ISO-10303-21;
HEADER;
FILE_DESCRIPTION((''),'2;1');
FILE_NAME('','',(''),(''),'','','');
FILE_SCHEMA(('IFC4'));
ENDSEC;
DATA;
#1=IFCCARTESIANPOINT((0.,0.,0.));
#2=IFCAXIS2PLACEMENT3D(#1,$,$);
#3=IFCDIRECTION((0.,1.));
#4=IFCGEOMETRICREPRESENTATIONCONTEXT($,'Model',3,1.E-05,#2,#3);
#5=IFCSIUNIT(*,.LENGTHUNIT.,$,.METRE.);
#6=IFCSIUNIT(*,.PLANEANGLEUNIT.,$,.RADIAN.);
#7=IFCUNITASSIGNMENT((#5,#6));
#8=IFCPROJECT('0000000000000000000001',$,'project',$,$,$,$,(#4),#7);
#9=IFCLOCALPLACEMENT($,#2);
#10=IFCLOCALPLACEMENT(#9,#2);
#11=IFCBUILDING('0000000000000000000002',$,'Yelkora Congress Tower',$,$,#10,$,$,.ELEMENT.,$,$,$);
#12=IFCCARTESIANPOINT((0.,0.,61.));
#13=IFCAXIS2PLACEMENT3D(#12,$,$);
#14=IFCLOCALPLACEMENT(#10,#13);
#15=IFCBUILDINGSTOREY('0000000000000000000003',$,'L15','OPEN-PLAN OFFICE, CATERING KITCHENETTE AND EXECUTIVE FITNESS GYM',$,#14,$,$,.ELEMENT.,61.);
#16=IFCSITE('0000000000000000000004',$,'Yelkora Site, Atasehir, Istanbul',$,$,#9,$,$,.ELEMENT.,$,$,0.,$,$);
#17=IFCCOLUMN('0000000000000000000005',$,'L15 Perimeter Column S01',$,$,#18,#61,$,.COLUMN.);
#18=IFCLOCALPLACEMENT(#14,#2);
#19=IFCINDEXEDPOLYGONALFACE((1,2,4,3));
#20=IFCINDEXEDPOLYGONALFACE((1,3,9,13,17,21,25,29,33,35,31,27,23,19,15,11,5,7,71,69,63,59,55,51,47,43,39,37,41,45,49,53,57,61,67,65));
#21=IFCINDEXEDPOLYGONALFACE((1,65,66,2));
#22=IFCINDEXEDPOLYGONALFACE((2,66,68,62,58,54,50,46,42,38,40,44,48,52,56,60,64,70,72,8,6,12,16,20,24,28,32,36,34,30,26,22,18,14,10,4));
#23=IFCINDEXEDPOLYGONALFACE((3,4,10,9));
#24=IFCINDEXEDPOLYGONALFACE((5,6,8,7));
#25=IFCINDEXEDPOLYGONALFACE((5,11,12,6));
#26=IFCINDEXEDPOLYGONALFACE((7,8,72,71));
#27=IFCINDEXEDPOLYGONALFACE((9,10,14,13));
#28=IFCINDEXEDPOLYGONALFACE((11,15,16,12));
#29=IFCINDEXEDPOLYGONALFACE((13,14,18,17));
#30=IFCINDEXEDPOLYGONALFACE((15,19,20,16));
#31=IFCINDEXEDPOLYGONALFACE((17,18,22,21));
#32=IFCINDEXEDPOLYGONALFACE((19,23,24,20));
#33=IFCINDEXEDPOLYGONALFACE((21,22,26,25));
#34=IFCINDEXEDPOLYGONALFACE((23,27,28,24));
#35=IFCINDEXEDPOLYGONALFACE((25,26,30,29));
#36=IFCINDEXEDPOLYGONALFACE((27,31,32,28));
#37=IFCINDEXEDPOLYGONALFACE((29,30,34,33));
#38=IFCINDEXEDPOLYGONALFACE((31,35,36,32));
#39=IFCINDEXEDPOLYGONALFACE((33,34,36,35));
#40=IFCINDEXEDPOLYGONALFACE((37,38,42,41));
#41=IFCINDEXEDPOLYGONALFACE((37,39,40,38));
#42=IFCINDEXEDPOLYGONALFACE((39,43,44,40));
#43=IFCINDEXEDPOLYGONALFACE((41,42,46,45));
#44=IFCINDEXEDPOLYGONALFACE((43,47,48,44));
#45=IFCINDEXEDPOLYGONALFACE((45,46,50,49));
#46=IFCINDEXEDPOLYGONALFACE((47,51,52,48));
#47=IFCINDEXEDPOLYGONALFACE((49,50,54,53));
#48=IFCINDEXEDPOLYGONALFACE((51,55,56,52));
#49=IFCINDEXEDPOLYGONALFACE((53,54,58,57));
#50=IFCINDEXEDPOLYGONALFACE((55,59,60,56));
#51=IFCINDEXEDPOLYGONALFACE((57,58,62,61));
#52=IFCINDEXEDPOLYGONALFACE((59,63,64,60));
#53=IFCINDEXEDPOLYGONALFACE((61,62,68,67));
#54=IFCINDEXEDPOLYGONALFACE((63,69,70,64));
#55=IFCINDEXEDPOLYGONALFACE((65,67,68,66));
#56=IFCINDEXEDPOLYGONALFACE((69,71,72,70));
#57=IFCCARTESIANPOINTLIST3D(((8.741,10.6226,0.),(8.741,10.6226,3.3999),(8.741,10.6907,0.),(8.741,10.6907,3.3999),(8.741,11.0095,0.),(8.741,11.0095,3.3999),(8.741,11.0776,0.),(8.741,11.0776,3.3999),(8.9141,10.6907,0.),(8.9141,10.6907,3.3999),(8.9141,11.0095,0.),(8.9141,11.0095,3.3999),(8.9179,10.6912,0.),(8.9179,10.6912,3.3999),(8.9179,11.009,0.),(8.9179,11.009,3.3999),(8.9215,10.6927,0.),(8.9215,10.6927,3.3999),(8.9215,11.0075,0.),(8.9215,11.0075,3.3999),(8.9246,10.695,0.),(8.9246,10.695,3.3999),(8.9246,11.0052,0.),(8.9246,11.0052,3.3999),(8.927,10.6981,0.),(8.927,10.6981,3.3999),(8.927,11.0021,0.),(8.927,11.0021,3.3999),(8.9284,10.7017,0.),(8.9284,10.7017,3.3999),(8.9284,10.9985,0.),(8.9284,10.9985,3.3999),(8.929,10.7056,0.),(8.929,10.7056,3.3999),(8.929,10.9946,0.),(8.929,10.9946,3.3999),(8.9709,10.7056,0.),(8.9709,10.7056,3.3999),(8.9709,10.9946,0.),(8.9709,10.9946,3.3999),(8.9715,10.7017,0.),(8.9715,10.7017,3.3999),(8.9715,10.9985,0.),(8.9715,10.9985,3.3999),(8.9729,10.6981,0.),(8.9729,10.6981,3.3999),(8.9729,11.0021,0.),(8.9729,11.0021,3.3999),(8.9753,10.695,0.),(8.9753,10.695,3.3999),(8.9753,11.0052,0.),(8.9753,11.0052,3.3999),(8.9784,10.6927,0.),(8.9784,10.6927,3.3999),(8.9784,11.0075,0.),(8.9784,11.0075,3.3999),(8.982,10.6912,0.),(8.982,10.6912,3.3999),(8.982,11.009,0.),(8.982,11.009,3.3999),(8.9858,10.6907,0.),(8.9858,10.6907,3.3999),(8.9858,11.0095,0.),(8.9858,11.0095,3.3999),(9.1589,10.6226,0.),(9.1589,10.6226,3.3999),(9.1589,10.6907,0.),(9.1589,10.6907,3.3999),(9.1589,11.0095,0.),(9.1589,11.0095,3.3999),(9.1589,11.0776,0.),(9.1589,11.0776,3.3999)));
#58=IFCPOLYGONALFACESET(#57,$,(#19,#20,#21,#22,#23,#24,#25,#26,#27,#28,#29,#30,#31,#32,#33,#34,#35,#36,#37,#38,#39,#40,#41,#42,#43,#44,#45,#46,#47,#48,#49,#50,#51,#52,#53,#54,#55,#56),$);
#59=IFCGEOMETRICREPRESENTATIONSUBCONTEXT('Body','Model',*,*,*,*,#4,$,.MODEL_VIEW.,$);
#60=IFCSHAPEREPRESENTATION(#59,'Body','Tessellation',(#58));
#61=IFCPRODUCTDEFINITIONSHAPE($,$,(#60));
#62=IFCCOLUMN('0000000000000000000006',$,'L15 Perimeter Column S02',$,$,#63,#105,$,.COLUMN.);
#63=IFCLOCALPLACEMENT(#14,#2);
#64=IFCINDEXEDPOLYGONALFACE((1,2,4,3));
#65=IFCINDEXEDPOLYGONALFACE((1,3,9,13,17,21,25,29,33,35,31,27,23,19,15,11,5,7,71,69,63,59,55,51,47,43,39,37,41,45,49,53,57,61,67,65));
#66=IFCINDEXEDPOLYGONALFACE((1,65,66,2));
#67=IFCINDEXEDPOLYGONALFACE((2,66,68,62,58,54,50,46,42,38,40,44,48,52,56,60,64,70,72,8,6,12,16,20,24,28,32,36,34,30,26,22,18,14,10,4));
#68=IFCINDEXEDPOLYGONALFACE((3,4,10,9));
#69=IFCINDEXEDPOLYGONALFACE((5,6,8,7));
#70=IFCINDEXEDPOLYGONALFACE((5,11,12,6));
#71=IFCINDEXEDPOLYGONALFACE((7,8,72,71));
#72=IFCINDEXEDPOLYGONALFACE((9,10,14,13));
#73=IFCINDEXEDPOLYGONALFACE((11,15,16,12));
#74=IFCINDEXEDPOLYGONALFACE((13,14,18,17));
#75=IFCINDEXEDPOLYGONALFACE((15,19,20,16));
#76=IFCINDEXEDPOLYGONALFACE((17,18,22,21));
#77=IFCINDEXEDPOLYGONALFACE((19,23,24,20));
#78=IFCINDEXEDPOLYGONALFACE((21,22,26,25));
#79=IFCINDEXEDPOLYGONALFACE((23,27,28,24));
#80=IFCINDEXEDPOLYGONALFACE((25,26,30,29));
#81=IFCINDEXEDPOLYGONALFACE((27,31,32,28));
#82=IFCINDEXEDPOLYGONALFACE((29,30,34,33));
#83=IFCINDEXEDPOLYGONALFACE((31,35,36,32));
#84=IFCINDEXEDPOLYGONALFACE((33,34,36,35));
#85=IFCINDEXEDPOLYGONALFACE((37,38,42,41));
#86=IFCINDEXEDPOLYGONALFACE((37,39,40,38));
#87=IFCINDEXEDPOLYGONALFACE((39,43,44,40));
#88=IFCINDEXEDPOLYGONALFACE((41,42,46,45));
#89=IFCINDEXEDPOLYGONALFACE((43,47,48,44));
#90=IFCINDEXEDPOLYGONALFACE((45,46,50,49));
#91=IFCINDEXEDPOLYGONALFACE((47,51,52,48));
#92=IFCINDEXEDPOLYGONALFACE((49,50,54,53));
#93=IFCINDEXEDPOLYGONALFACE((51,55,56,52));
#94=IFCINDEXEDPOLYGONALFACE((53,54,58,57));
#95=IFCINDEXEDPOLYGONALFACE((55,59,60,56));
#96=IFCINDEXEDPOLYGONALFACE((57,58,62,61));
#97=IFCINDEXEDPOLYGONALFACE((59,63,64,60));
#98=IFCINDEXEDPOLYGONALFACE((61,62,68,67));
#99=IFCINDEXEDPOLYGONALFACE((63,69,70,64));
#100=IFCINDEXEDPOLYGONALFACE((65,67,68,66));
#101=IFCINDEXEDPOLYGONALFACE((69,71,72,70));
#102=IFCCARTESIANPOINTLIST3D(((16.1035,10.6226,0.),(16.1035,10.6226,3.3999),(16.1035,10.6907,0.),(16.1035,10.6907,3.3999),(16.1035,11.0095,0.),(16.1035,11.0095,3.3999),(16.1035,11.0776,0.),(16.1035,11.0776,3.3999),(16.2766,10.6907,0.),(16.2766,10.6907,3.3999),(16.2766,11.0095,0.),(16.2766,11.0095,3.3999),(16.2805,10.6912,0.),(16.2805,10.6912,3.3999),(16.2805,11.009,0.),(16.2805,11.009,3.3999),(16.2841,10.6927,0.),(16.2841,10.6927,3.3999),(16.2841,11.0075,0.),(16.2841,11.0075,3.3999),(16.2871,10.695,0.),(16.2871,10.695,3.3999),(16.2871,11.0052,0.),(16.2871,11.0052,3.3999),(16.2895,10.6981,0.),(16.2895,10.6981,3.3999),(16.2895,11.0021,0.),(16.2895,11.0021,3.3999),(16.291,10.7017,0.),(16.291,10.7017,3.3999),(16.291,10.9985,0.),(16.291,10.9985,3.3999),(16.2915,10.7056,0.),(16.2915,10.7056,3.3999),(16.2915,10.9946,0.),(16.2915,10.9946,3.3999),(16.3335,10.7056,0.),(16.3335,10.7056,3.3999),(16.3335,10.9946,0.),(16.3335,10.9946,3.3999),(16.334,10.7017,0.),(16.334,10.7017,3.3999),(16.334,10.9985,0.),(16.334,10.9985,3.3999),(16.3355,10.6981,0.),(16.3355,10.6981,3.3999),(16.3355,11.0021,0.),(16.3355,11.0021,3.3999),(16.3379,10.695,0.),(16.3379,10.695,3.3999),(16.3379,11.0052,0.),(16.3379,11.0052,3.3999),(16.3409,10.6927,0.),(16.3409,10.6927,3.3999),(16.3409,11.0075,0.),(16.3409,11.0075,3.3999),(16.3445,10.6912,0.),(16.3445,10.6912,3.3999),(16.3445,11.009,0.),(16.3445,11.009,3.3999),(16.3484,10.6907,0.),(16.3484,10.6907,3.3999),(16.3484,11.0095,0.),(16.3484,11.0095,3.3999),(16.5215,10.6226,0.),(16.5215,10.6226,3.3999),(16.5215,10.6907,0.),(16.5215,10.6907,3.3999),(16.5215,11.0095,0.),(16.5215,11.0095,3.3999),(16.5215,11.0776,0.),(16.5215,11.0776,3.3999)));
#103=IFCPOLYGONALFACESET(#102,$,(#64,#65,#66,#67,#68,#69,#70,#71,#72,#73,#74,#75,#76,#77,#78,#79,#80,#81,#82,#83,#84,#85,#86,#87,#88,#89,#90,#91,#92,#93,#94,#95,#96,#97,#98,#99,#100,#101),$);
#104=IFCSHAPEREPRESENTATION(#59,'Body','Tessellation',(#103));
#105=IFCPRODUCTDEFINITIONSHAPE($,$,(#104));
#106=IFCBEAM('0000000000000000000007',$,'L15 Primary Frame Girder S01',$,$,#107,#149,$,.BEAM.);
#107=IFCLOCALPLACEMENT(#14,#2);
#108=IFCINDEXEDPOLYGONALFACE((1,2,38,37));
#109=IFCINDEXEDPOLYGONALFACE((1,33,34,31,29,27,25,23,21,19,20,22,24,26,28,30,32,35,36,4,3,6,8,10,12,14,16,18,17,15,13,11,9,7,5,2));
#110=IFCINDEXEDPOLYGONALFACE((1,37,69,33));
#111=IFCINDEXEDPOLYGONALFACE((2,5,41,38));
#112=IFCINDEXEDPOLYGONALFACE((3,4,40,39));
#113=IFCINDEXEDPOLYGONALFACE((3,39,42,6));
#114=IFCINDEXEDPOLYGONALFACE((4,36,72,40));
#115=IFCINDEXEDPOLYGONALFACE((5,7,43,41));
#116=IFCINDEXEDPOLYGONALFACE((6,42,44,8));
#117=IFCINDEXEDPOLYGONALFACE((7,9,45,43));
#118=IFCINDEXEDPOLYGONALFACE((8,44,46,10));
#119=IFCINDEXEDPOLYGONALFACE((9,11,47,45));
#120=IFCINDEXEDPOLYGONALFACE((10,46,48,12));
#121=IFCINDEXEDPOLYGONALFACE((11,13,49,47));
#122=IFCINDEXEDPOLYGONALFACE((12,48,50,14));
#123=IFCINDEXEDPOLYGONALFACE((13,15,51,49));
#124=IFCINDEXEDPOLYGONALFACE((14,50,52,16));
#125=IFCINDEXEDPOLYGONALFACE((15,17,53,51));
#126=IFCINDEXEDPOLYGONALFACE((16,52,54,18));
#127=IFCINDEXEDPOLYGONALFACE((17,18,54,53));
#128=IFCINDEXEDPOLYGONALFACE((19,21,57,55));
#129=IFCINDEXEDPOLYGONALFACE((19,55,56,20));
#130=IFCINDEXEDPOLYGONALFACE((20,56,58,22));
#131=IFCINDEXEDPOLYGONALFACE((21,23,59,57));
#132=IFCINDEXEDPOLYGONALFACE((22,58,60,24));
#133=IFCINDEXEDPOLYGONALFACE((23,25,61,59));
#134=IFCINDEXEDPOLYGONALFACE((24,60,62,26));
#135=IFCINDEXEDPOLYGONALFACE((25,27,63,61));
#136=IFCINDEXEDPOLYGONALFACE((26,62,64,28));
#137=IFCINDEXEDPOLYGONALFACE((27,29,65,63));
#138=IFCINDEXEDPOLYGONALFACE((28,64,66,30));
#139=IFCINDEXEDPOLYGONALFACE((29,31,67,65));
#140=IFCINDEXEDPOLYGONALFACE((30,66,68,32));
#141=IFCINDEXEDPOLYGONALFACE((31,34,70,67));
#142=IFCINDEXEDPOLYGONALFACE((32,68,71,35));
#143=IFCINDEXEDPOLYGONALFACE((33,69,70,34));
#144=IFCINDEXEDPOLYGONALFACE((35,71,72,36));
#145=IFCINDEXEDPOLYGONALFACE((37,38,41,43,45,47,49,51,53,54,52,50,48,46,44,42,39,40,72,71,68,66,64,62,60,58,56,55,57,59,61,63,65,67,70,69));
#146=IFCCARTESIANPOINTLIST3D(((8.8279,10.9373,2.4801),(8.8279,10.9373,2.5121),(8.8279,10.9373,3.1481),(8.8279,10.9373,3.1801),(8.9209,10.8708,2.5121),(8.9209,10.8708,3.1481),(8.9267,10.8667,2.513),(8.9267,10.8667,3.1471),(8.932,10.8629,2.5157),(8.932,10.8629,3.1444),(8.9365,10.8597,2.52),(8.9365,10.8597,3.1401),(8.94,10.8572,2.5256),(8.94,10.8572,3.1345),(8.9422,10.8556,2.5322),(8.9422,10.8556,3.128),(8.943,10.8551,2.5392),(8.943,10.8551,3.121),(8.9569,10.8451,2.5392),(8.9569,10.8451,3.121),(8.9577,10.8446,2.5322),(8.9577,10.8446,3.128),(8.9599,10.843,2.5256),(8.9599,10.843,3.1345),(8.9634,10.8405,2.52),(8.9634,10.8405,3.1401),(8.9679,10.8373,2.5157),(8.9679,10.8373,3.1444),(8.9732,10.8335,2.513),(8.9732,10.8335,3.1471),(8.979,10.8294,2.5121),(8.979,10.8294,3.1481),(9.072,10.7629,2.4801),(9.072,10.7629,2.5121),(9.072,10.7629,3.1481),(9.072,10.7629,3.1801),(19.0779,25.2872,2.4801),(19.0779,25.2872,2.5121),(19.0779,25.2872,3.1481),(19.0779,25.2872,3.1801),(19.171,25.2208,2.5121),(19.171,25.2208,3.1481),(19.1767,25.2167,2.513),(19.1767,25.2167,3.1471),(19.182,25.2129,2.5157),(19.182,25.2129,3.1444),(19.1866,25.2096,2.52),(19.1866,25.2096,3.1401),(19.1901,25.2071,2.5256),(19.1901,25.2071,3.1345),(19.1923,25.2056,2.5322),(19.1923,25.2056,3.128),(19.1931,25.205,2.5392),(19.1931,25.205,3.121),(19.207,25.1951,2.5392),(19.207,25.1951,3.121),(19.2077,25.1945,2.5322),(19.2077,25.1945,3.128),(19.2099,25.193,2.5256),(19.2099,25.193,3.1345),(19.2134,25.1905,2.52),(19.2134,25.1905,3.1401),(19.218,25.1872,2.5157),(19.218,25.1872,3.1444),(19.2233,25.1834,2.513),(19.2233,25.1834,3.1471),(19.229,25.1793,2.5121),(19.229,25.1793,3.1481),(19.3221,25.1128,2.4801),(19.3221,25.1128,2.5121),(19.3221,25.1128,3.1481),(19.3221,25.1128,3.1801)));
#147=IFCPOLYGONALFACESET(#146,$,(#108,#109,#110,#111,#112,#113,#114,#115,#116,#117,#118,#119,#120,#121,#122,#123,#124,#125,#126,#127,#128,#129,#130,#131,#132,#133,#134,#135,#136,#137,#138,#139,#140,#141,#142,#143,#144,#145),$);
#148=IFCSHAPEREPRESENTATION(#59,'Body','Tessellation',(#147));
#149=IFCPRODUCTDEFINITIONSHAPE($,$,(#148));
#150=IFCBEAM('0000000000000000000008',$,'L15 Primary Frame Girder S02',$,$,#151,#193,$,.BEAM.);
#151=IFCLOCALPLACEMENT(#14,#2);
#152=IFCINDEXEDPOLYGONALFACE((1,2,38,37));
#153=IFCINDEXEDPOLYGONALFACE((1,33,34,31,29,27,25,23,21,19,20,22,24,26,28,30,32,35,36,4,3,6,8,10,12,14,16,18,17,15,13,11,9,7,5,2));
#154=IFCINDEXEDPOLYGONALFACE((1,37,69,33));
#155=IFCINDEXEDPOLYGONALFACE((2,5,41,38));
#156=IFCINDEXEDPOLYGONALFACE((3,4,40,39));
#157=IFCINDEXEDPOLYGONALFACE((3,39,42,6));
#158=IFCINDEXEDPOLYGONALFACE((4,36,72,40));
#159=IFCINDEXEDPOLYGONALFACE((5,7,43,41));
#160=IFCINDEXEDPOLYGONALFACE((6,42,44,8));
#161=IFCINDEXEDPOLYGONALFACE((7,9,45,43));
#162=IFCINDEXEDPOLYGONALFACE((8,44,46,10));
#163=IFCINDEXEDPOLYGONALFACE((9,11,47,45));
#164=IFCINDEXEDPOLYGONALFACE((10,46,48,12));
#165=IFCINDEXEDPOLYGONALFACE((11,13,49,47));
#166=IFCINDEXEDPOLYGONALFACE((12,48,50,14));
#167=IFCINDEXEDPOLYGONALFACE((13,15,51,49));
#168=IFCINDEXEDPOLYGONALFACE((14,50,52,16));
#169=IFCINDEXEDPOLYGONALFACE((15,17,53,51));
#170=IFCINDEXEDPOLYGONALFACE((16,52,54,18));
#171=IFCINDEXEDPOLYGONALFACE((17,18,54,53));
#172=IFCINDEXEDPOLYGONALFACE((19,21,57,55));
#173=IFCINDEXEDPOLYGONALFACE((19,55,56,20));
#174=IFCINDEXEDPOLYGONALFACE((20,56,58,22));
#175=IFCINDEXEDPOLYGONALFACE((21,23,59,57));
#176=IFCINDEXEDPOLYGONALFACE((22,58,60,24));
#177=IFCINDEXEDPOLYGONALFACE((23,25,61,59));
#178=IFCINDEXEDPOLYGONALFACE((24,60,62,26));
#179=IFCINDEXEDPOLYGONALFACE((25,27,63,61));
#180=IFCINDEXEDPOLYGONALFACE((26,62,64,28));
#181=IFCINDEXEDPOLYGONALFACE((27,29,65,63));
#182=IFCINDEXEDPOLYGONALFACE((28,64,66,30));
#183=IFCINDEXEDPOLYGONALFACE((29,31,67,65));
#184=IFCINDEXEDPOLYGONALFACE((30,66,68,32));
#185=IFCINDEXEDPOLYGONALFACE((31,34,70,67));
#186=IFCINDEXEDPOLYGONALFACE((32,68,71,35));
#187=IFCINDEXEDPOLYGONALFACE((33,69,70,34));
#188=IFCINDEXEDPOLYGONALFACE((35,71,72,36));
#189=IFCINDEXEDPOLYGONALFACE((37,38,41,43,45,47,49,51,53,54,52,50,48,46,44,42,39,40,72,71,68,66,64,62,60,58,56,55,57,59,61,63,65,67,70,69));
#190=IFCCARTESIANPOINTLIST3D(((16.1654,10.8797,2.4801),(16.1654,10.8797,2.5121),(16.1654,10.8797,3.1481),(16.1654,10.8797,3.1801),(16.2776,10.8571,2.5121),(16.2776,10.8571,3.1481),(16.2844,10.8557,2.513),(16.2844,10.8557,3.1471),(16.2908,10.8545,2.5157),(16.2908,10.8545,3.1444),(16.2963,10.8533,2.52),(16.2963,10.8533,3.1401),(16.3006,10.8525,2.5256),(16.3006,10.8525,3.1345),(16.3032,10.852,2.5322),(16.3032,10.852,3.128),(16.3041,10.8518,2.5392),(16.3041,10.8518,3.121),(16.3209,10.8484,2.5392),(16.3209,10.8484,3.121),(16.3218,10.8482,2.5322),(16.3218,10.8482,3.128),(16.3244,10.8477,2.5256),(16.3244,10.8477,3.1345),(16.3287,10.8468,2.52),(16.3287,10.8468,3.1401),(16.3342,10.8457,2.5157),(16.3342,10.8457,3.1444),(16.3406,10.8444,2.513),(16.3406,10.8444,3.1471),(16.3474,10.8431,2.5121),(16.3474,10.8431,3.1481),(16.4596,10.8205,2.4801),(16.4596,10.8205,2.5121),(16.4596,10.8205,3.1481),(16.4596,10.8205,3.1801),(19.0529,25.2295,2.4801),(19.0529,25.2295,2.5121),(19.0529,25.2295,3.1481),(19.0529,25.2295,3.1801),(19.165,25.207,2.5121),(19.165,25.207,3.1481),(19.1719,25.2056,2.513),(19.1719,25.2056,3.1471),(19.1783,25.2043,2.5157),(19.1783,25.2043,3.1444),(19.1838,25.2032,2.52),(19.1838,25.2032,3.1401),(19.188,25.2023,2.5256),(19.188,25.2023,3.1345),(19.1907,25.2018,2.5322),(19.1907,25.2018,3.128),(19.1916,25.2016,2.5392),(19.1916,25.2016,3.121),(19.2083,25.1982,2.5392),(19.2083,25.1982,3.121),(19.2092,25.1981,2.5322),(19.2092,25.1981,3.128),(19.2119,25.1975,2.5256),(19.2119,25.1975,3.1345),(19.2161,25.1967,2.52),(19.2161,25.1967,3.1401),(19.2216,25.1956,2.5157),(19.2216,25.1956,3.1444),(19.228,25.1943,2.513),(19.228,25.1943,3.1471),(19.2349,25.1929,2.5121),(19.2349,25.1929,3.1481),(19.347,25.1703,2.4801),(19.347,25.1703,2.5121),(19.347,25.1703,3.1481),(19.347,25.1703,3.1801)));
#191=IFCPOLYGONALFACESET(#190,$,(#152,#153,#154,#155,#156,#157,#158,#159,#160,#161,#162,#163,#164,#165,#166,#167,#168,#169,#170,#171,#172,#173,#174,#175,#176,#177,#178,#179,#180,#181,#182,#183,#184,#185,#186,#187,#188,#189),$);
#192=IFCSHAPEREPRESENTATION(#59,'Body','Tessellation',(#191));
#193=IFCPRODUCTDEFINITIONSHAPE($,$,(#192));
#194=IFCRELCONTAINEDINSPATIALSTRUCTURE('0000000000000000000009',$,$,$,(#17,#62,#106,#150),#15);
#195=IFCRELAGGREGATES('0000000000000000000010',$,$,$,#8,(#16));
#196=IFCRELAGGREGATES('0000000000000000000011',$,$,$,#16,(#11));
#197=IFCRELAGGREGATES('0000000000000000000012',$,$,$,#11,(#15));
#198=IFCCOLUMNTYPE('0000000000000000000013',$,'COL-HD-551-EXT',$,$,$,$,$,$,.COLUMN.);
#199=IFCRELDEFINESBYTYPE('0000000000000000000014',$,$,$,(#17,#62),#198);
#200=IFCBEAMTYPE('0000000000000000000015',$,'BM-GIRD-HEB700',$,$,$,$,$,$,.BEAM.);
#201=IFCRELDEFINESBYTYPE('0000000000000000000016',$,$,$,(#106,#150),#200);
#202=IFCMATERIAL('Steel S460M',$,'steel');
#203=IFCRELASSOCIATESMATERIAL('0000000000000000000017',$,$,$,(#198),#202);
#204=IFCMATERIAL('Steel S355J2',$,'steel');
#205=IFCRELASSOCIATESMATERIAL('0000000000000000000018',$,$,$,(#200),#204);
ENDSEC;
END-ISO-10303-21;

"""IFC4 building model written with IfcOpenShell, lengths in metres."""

from ifc_helpers import new_model, si_unit, direction, frame, origin, origin_2d, place, context, subcontext, project, spatial, i_section, extrude, material, material_profile, profile_set, type_object, element, save


model = new_model("IFC4")

# Units and contexts
model_context = context("Model", 3, precision=1e-05, world=origin(), true_north=direction((0.0, 1.0)))
body_context = subcontext(model_context, "Body", "Model", "MODEL_VIEW")
ifc_project = project(units=[si_unit("LENGTHUNIT", "METRE"), si_unit("PLANEANGLEUNIT", "RADIAN")], contexts=[model_context])

# Site, building, storey
site_placement = place(None, origin())
site = spatial("IfcSite", under=ifc_project, at=site_placement, Name="Yelkora Site, Atasehir, Istanbul", CompositionType="ELEMENT", RefElevation=0.0)
building_placement = place(site_placement, origin())
building = spatial("IfcBuilding", under=site, at=building_placement, Name="Yelkora Congress Tower", CompositionType="ELEMENT")
storey_placement = place(building_placement, frame((0.0, 0.0, 61.0)))
storey = spatial("IfcBuildingStorey", under=building, at=storey_placement, Name="L15", Description="OPEN-PLAN OFFICE, CATERING KITCHENETTE AND EXECUTIVE FITNESS GYM", CompositionType="ELEMENT", Elevation=61.0)

# Columns
ifc_material_1 = material(Name="Steel S460M", Category="steel")
ifc_material_profile_1 = material_profile(ifc_material_1, i_section(OverallWidth=0.418, OverallDepth=0.4551, WebThickness=0.042, FlangeThickness=0.0681, FilletRadius=0.0149, at=origin_2d()), Name="HD 400x551")
ifc_profile_set_1 = profile_set([ifc_material_profile_1], Name="Steel S460M")
column_type = type_object("IfcColumnType", Name="COL-HD-551-EXT", PredefinedType="COLUMN", material=ifc_profile_set_1)
for number, where, z_axis, x_axis, name in (
    (1, (8.95, 10.8501, 0.0), (0.0, 0.0, 1.0), (1.0, 0.0, 0.0), "L15 Perimeter Column S01"),
    (2, (16.3125, 10.8501, 0.0), (0.0, 0.0, 1.0), (1.0, 0.0, 0.0), "L15 Perimeter Column S02"),
):
    element("IfcColumn", number, at=place(storey_placement, frame(where, z_axis=z_axis, x_axis=x_axis)), inside=storey, type_object=column_type, Name=name, PredefinedType="COLUMN", context=body_context, shape_type="SweptSolid", body=[
        extrude(i_section(OverallWidth=0.418, OverallDepth=0.4551, WebThickness=0.042, FlangeThickness=0.0681, FilletRadius=0.0149, at=origin_2d()), origin(), (0.0, 0.0, 1.0), 3.3999),
    ])

# Beams
ifc_material_2 = material(Name="Steel S355J2", Category="steel")
ifc_material_profile_2 = material_profile(ifc_material_2, i_section(OverallWidth=0.3, OverallDepth=0.7, WebThickness=0.0171, FlangeThickness=0.032, FilletRadius=0.0271, at=origin_2d()), Name="HEB 700")
ifc_profile_set_2 = profile_set([ifc_material_profile_2], Name="Steel S355J2")
beam_type_1 = type_object("IfcBeamType", Name="BM-GIRD-HEB700", PredefinedType="BEAM", material=ifc_profile_set_2)
beam_1_placement = place(storey_placement, frame((8.95, 10.8501, 2.8301), z_axis=(0.581242, 0.813731, 0.0), x_axis=(-0.813731, 0.581242, 0.0)))
element("IfcBeam", 3, at=beam_1_placement, inside=storey, type_object=beam_type_1, Name="L15 Primary Frame Girder S01", PredefinedType="BEAM", context=body_context, shape_type="SweptSolid", body=[
    extrude(i_section(OverallWidth=0.3, OverallDepth=0.7, WebThickness=0.0171, FlangeThickness=0.032, FilletRadius=0.0271, at=origin_2d()), origin(), (0.0, 0.0, 1.0), 17.6348),
])
beam_2_placement = place(storey_placement, frame((16.3125, 10.8501, 2.8301), z_axis=(0.197264, 0.98035, 0.0), x_axis=(-0.98035, 0.197264, 0.0)))
element("IfcBeam", 4, at=beam_2_placement, inside=storey, type_object=beam_type_1, Name="L15 Primary Frame Girder S02", PredefinedType="BEAM", context=body_context, shape_type="SweptSolid", body=[
    extrude(i_section(OverallWidth=0.3, OverallDepth=0.7, WebThickness=0.0171, FlangeThickness=0.032, FilletRadius=0.0271, at=origin_2d()), origin(), (0.0, 0.0, 1.0), 14.6375),
])

save(model, "model.ifc")
